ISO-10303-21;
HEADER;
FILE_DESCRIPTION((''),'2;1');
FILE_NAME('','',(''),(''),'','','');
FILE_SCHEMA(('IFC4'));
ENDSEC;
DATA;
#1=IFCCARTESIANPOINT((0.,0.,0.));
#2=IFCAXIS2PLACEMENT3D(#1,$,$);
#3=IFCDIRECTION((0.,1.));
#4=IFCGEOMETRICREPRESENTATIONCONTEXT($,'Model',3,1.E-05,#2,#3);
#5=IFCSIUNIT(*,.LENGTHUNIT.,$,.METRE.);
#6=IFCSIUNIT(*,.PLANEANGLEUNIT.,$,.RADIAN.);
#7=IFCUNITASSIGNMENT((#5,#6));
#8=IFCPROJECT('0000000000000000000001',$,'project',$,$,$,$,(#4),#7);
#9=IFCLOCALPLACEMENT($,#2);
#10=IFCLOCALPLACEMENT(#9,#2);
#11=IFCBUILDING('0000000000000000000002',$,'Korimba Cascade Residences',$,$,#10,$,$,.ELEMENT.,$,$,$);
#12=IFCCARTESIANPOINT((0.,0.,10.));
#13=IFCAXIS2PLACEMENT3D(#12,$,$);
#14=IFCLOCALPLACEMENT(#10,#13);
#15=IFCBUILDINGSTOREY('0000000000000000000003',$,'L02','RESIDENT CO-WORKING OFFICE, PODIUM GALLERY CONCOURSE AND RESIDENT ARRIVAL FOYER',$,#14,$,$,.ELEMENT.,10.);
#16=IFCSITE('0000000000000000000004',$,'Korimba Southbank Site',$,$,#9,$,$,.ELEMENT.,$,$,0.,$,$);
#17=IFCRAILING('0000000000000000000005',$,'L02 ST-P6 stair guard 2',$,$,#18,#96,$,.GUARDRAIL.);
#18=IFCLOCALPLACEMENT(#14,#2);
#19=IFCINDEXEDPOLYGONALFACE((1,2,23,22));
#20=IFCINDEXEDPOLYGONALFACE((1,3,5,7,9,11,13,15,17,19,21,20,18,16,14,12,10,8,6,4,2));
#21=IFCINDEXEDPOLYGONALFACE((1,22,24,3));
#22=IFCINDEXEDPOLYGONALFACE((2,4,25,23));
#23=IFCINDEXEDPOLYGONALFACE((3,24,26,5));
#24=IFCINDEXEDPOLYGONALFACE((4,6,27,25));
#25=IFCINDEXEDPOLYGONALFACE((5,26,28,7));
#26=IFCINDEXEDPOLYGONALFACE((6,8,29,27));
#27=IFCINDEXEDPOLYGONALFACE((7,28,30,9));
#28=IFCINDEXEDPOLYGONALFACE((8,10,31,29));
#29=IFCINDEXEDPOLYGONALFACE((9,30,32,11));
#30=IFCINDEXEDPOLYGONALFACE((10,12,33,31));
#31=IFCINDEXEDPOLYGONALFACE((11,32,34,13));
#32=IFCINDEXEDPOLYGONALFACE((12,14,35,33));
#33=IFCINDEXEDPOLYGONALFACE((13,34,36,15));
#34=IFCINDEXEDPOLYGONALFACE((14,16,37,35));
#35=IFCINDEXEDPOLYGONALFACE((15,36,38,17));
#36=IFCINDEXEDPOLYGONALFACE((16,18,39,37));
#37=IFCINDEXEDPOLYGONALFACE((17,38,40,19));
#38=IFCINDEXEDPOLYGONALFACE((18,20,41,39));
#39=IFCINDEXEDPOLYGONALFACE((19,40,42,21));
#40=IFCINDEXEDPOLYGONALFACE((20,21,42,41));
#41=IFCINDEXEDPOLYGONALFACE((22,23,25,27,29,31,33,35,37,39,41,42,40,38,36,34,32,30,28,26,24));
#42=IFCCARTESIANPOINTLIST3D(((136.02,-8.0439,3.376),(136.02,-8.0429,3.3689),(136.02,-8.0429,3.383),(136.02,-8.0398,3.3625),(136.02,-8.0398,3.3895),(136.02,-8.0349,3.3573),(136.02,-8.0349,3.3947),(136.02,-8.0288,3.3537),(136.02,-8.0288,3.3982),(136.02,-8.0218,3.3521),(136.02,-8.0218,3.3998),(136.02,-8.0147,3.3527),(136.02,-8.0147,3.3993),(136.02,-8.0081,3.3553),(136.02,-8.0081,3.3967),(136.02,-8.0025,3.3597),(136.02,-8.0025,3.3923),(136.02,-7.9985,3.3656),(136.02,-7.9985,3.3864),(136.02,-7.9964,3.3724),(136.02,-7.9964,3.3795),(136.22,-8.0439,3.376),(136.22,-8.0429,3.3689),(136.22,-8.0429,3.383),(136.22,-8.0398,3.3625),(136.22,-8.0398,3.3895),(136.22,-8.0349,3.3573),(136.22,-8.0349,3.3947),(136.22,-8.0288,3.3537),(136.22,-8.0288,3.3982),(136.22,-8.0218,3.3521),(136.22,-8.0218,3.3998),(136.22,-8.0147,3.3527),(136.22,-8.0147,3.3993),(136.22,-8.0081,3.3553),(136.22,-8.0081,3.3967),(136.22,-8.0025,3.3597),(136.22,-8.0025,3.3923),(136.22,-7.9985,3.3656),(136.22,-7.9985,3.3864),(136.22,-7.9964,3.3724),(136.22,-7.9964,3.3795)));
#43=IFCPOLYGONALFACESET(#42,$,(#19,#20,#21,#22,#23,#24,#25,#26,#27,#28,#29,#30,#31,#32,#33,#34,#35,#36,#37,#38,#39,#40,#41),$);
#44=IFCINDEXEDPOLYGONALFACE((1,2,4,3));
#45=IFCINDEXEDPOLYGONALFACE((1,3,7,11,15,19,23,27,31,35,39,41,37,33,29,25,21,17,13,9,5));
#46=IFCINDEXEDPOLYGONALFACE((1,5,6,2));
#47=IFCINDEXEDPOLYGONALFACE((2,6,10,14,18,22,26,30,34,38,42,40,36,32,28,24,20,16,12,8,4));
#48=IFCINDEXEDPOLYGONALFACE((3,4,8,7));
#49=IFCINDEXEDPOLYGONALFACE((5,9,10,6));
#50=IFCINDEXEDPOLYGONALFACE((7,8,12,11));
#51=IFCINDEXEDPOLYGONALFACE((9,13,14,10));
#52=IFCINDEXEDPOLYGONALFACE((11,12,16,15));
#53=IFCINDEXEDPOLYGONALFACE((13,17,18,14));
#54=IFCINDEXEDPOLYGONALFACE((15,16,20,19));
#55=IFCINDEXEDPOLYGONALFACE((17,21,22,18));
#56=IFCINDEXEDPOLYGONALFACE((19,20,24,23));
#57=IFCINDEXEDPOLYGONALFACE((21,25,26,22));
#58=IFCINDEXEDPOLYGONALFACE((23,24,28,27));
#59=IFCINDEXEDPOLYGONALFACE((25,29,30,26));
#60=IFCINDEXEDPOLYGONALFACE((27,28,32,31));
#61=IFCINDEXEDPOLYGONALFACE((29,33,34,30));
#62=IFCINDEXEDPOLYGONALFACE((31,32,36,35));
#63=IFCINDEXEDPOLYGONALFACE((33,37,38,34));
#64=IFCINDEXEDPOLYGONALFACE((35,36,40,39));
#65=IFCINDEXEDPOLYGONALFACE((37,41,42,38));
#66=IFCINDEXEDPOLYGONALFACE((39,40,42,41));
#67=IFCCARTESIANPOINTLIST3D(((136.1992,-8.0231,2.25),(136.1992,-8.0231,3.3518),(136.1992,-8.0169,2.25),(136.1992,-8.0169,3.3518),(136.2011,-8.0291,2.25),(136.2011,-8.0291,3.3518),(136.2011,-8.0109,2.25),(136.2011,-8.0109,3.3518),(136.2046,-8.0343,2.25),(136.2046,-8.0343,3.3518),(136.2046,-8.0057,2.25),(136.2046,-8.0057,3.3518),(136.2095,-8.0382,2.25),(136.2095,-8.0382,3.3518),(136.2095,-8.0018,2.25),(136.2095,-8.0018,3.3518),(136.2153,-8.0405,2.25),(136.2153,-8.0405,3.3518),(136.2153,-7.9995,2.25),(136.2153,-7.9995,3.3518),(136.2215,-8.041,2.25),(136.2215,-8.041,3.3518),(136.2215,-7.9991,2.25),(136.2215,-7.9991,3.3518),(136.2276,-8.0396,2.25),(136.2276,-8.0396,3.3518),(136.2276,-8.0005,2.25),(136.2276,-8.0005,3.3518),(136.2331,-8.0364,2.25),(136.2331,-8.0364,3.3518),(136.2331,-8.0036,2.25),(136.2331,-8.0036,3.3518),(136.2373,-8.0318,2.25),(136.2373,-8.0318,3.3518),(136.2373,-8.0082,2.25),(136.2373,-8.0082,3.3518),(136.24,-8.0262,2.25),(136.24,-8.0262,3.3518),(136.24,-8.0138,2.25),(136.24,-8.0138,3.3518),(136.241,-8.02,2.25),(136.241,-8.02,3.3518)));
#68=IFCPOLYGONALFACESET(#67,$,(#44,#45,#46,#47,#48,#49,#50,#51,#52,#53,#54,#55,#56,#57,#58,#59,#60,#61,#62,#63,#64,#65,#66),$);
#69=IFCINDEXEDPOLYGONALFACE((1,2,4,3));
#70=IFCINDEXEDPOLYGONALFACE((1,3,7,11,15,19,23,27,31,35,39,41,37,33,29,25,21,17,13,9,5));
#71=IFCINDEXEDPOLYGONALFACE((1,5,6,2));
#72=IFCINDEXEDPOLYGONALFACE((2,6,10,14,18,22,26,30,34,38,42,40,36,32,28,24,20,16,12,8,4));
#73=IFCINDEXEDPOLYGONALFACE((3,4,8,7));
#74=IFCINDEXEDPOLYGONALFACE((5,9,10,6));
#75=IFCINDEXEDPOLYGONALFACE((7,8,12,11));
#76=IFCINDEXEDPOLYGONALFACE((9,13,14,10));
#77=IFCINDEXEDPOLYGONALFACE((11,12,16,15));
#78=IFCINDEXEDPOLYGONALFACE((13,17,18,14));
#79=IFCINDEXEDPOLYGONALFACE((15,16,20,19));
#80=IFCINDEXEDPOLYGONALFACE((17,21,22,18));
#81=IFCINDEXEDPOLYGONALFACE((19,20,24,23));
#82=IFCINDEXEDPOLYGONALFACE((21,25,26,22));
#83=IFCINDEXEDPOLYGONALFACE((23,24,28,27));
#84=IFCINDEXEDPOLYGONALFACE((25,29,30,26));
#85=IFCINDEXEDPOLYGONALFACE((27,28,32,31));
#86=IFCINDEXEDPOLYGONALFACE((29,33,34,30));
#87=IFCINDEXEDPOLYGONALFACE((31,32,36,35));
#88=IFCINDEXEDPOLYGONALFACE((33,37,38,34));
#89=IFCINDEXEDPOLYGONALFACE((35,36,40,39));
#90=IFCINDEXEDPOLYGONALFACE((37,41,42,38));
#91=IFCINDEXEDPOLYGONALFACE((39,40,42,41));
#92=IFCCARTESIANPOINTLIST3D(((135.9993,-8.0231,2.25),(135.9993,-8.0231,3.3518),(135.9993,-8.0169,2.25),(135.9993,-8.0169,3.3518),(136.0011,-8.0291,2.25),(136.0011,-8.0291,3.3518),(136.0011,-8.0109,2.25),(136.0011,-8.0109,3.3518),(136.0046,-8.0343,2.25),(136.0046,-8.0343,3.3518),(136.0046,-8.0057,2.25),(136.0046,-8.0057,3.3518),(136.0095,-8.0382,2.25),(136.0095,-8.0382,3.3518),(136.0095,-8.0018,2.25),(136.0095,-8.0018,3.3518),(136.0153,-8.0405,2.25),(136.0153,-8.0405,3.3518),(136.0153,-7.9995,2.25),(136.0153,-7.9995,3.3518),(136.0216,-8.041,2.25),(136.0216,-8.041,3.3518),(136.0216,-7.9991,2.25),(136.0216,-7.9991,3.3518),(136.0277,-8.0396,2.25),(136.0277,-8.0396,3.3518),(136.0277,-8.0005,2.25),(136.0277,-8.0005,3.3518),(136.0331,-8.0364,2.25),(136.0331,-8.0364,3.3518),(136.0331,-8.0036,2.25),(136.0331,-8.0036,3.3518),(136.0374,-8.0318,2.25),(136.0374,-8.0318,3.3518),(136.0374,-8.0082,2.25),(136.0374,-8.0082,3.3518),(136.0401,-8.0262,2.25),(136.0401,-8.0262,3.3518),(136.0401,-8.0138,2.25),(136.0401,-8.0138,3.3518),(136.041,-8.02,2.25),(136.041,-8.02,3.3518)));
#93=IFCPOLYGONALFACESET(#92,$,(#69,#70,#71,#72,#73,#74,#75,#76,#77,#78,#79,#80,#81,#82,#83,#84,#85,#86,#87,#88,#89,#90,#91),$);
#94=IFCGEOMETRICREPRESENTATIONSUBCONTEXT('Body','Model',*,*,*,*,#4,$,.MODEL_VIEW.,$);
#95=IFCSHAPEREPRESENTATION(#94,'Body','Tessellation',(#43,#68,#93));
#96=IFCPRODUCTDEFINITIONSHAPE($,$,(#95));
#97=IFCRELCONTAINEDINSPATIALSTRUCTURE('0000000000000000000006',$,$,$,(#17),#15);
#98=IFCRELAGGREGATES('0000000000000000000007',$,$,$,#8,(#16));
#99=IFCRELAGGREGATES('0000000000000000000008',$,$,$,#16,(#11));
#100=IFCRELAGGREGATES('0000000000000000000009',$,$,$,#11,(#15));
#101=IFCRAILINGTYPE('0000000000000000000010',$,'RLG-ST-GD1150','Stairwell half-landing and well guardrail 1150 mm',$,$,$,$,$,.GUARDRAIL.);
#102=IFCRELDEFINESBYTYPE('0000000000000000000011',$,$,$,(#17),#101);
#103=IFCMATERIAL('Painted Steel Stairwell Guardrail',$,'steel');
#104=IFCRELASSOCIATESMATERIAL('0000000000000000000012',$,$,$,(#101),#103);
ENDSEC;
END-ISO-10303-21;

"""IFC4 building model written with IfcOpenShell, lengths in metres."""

from ifc_helpers import new_model, si_unit, direction, frame, origin, origin_2d, place, context, subcontext, project, spatial, circle, extrude, material, type_object, element, save


model = new_model("IFC4")

# Units and contexts
model_context = context("Model", 3, precision=1e-05, world=origin(), true_north=direction((0.0, 1.0)))
body_context = subcontext(model_context, "Body", "Model", "MODEL_VIEW")
ifc_project = project(units=[si_unit("LENGTHUNIT", "METRE"), si_unit("PLANEANGLEUNIT", "RADIAN")], contexts=[model_context])

# Site, building, storey
site_placement = place(None, origin())
site = spatial("IfcSite", under=ifc_project, at=site_placement, Name="Korimba Southbank Site", CompositionType="ELEMENT", RefElevation=0.0)
building_placement = place(site_placement, origin())
building = spatial("IfcBuilding", under=site, at=building_placement, Name="Korimba Cascade Residences", CompositionType="ELEMENT")
storey_placement = place(building_placement, frame((0.0, 0.0, 10.0)))
storey = spatial("IfcBuildingStorey", under=building, at=storey_placement, Name="L02", Description="RESIDENT CO-WORKING OFFICE, PODIUM GALLERY CONCOURSE AND RESIDENT ARRIVAL FOYER", CompositionType="ELEMENT", Elevation=10.0)

# Railing
ifc_material_1 = material(Name="Painted Steel Stairwell Guardrail", Category="steel")
railing_type_1 = type_object("IfcRailingType", Name="RLG-ST-GD1150", Description="Stairwell half-landing and well guardrail 1150 mm", PredefinedType="GUARDRAIL", material=ifc_material_1)
railing_1_placement = place(storey_placement, frame((136.22, -8.02, 2.25)))
element("IfcRailing", 1, at=railing_1_placement, inside=storey, type_object=railing_type_1, Name="L02 ST-P6 stair guard 2", PredefinedType="GUARDRAIL", context=body_context, shape_type="SweptSolid", body=[
    extrude(circle(Radius=0.0239, at=origin_2d()), frame((0.0, 0.0, 1.126), z_axis=(-1.0, 0.0, 0.0), x_axis=(0.0, -1.0, 0.0)), (0.0, 0.0, 1.0), 0.2),
    extrude(circle(Radius=0.021, at=origin_2d()), origin(), (0.0, 0.0, 1.0), 1.1018),
    extrude(circle(Radius=0.021, at=origin_2d()), frame((-0.2, 0.0, 0.0)), (0.0, 0.0, 1.0), 1.1018),
])

save(model, "model.ifc")
